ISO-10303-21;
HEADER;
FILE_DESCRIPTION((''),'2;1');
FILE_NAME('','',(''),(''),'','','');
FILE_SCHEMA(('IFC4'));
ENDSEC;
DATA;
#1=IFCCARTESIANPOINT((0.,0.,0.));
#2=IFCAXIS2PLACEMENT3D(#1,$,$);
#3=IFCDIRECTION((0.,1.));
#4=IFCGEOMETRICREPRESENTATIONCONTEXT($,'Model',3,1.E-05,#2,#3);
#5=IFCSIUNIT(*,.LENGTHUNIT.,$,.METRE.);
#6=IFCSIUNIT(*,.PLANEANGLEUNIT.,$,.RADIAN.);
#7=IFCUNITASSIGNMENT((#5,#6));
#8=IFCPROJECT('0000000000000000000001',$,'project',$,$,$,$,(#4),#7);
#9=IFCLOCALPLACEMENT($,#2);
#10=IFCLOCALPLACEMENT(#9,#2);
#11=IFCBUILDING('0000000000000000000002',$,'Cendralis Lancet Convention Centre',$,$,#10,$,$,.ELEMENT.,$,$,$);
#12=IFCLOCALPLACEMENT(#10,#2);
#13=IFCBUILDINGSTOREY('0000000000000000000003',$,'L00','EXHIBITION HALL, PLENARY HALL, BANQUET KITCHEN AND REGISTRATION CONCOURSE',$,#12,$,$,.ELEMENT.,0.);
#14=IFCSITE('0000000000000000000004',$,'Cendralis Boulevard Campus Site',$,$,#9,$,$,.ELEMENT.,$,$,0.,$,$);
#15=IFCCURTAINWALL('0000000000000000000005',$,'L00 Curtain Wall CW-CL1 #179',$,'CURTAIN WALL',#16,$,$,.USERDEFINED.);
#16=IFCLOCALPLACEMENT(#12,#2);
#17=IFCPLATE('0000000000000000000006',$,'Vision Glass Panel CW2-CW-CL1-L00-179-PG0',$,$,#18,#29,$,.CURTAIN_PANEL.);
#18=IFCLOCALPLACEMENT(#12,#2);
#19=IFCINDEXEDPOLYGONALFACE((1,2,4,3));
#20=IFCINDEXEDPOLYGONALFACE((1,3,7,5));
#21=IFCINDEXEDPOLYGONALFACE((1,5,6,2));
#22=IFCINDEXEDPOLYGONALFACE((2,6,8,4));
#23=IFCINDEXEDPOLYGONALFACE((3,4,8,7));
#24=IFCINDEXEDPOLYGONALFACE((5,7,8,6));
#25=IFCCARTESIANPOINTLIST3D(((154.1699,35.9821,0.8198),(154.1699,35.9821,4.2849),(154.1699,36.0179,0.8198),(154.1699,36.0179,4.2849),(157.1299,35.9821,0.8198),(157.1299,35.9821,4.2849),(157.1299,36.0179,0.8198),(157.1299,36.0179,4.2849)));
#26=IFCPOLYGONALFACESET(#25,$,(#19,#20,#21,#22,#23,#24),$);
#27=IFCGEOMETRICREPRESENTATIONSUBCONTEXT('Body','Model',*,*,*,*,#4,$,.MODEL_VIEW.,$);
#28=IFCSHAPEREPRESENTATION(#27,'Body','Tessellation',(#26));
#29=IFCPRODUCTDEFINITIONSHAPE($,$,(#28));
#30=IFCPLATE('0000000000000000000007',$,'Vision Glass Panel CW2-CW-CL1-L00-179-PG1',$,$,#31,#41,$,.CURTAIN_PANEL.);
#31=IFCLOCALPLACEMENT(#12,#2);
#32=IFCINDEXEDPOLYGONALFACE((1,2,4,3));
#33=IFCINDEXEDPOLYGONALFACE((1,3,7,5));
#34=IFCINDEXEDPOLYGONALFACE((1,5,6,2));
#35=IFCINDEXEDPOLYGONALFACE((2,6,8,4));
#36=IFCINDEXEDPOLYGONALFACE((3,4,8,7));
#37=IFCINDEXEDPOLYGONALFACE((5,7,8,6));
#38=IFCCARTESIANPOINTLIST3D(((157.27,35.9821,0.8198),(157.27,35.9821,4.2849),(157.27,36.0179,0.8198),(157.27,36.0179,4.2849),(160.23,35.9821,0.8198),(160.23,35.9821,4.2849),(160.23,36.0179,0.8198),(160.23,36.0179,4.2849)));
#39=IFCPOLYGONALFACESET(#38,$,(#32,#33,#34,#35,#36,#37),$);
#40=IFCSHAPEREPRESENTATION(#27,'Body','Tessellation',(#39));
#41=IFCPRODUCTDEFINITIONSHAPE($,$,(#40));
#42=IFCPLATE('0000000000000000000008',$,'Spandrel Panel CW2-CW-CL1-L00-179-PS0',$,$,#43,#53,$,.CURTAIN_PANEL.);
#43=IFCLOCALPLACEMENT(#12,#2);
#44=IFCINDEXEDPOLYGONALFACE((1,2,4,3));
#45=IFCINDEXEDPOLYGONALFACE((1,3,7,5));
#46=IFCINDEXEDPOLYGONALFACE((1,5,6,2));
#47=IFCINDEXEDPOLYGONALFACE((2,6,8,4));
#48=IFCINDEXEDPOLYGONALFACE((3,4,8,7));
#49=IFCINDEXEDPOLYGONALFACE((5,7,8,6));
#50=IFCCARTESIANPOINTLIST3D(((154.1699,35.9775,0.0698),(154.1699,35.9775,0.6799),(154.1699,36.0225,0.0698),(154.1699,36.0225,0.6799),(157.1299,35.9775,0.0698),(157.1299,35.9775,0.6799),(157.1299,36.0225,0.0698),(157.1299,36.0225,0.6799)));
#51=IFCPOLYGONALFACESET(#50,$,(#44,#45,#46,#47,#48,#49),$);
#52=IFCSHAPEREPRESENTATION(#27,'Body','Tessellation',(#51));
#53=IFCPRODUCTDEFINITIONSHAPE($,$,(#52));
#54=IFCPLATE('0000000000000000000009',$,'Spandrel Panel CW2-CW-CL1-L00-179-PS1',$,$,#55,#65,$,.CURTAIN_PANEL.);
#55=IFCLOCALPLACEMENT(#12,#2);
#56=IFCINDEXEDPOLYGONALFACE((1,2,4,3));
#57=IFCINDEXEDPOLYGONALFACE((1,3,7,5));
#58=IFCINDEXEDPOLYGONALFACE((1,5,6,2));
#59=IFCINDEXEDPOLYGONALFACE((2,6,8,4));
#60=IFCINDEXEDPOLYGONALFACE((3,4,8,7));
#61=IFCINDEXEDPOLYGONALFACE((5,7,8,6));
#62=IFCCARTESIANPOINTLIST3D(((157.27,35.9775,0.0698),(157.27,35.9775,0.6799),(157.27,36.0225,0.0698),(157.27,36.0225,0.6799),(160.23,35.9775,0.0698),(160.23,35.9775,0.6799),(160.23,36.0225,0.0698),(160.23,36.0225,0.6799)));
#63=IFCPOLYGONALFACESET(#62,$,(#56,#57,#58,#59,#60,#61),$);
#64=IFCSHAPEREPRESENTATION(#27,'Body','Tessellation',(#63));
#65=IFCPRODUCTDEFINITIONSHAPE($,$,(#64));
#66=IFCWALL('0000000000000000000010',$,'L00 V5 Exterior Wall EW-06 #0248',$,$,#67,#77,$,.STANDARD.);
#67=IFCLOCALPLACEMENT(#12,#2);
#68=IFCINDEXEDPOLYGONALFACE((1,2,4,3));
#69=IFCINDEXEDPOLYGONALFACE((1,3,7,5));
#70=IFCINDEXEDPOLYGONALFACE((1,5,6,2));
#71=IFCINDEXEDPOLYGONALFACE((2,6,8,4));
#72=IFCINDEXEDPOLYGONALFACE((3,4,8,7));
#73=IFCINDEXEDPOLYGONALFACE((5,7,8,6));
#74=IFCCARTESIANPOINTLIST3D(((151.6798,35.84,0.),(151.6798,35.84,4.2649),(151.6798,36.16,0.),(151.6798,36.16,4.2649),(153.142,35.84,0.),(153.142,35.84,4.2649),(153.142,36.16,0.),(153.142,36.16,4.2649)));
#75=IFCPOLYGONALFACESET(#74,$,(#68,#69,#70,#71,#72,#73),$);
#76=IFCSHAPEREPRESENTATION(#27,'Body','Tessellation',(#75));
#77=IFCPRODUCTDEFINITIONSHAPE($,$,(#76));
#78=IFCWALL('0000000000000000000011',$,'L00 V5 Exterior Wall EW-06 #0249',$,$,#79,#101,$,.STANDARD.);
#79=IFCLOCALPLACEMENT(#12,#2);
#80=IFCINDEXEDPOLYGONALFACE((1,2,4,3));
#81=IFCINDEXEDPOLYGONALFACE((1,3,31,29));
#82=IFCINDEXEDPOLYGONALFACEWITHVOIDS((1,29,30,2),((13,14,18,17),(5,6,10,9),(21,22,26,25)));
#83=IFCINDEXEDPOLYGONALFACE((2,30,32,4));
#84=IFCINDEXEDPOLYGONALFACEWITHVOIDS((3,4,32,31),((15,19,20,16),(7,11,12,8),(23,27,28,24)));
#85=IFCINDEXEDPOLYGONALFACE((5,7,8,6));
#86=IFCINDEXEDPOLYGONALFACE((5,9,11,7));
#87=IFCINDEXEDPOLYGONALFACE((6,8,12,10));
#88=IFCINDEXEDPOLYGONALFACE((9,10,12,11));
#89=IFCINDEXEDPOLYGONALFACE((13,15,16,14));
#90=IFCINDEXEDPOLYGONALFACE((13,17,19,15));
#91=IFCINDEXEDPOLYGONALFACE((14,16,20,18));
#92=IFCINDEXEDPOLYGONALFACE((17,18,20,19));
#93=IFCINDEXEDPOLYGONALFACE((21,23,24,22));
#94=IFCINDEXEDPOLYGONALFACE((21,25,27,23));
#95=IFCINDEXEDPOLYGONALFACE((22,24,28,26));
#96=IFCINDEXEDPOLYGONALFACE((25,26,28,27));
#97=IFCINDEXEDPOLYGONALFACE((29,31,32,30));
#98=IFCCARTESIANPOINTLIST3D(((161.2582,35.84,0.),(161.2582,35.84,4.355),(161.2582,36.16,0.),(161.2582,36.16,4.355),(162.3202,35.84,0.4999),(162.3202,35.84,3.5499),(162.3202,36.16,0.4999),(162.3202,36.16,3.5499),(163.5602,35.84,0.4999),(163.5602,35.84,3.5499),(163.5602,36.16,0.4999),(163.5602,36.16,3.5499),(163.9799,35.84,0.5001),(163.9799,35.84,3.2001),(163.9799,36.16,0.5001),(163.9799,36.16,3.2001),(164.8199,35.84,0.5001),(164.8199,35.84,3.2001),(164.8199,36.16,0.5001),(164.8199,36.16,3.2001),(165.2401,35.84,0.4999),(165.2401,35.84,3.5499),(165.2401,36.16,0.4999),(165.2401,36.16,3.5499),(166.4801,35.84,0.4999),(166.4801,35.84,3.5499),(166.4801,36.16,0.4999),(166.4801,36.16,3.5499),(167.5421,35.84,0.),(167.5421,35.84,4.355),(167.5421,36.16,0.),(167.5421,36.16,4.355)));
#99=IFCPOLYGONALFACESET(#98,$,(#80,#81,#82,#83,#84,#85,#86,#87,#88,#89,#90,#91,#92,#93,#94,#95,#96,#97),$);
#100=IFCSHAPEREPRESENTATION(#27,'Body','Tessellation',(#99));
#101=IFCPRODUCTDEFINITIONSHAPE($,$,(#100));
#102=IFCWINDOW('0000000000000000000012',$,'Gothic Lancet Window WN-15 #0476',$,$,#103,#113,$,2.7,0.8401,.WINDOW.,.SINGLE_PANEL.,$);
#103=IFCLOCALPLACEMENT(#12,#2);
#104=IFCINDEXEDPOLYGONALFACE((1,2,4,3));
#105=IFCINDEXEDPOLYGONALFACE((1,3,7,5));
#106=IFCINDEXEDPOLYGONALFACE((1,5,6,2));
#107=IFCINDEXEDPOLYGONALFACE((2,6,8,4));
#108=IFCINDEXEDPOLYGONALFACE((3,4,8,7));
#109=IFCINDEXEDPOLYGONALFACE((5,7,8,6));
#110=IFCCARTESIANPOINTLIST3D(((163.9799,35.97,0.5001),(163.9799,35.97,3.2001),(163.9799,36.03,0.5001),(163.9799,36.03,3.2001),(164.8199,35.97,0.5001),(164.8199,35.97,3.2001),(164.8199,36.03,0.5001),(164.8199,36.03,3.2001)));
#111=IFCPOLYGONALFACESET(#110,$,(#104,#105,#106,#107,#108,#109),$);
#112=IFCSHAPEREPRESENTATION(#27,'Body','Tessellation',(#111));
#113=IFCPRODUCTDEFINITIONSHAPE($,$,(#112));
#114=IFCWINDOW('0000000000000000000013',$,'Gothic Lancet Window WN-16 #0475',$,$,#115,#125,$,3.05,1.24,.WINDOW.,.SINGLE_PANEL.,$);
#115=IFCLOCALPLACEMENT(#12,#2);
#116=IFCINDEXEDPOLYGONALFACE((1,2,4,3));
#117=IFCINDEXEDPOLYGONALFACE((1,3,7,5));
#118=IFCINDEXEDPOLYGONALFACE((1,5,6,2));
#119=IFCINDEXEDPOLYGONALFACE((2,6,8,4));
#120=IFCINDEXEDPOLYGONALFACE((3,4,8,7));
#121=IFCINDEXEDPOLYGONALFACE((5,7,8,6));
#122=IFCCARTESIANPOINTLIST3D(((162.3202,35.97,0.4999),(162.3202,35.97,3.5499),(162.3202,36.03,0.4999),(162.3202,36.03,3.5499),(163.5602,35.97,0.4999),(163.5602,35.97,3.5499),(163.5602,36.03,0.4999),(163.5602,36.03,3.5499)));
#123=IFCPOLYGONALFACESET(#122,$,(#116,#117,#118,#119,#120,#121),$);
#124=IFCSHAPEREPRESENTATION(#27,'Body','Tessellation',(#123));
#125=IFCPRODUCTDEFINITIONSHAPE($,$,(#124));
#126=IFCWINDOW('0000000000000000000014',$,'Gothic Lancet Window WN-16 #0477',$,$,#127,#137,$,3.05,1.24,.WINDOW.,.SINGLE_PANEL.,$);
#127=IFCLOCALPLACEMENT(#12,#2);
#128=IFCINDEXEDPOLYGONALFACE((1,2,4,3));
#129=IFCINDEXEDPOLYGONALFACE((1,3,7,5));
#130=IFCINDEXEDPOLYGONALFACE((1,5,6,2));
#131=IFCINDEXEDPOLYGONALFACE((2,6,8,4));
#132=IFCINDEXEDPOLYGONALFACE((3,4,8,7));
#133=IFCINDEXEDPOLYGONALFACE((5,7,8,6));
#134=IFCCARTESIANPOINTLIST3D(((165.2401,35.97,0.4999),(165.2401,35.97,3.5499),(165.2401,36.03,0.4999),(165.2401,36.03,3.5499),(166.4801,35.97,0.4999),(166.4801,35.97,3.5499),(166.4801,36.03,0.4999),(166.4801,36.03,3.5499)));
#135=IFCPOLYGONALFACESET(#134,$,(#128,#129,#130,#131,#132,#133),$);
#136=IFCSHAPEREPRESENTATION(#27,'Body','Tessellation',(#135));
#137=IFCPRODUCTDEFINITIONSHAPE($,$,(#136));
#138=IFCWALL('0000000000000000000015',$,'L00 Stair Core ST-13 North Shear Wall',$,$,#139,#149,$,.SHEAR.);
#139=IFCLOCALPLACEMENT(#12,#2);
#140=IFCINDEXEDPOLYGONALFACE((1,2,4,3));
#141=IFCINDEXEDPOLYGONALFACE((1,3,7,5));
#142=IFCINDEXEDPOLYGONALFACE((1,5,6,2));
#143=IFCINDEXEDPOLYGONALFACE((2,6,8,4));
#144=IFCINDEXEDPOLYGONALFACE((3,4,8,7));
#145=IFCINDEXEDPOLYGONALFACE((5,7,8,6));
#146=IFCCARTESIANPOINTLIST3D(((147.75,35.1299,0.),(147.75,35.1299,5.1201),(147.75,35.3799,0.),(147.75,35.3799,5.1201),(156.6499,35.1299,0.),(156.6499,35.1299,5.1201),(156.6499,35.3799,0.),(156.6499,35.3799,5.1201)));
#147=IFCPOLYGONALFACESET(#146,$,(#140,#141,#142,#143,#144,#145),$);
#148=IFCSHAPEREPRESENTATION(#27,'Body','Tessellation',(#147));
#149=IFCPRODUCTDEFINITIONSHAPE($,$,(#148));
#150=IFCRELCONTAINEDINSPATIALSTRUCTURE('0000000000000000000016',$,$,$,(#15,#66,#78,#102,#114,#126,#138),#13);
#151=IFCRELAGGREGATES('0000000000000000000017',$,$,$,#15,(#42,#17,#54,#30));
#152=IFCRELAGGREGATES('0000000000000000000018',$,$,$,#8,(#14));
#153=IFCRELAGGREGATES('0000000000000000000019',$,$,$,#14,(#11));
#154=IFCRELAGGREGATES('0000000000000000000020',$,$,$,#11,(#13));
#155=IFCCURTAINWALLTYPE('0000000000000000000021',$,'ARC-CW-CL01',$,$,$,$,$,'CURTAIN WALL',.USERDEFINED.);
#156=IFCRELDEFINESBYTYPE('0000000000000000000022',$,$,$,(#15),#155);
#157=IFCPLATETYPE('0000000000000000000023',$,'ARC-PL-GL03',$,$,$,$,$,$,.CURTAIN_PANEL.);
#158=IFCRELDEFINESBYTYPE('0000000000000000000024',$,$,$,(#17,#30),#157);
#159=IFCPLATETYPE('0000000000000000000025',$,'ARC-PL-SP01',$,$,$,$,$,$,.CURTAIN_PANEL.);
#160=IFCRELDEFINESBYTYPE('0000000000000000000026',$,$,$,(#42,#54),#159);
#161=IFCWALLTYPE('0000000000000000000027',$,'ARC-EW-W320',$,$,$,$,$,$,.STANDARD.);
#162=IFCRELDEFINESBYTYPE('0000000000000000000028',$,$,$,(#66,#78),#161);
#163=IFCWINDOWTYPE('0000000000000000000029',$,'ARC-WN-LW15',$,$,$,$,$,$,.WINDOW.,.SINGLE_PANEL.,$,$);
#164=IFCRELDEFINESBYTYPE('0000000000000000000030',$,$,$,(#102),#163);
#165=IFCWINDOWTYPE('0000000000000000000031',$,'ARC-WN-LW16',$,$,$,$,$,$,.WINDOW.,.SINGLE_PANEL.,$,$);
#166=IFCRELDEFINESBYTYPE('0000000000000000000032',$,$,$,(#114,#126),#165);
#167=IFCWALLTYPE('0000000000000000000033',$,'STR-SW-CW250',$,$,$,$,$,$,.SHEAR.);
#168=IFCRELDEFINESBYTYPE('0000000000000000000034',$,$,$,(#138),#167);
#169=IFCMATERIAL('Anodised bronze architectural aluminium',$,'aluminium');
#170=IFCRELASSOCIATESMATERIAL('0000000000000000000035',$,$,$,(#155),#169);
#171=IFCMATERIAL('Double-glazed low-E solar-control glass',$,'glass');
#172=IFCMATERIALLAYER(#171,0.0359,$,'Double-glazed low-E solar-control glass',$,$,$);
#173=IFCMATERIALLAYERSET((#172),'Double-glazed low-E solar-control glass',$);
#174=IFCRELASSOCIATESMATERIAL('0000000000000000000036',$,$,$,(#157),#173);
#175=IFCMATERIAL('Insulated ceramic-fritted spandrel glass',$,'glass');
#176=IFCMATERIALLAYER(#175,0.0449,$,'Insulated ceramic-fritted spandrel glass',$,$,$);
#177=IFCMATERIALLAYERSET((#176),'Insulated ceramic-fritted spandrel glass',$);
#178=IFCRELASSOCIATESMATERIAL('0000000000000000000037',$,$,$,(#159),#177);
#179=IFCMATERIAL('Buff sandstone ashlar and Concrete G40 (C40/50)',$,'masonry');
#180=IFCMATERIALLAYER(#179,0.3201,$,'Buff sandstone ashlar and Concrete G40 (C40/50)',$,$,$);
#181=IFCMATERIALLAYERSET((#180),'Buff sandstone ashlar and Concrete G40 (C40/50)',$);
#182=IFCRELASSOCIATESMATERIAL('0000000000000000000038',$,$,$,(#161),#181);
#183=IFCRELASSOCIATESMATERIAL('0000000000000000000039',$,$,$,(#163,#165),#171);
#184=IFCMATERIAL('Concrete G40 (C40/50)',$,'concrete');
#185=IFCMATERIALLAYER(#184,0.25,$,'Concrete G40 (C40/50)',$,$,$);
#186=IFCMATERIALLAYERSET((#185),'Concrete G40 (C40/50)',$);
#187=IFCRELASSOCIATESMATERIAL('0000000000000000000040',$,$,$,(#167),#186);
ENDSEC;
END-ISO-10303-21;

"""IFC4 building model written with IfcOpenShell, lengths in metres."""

from ifc_helpers import new_model, si_unit, direction, frame, frame_2d, origin, origin_2d, place, context, subcontext, project, spatial, rectangle, extrude, material, layer, layer_set, type_object, element, fill, aggregate, save


model = new_model("IFC4")

# Units and contexts
model_context = context("Model", 3, precision=1e-05, world=origin(), true_north=direction((0.0, 1.0)))
body_context = subcontext(model_context, "Body", "Model", "MODEL_VIEW")
ifc_project = project(units=[si_unit("LENGTHUNIT", "METRE"), si_unit("PLANEANGLEUNIT", "RADIAN")], contexts=[model_context])

# Site, building, storey
site_placement = place(None, origin())
site = spatial("IfcSite", under=ifc_project, at=site_placement, Name="Cendralis Boulevard Campus Site", CompositionType="ELEMENT", RefElevation=0.0)
building_placement = place(site_placement, origin())
building = spatial("IfcBuilding", under=site, at=building_placement, Name="Cendralis Lancet Convention Centre", CompositionType="ELEMENT")
storey_placement = place(building_placement, origin())
storey = spatial("IfcBuildingStorey", under=building, at=storey_placement, Name="L00", Description="EXHIBITION HALL, PLENARY HALL, BANQUET KITCHEN AND REGISTRATION CONCOURSE", CompositionType="ELEMENT", Elevation=0.0)

# Shared definitions
ifc_material_1 = material(Name="Concrete G40 (C40/50)", Category="concrete")

# Curtain wall
ifc_material_2 = material(Name="Anodised bronze architectural aluminium", Category="aluminium")
curtain_wall_type_1 = type_object("IfcCurtainWallType", Name="ARC-CW-CL01", ElementType="CURTAIN WALL", PredefinedType="USERDEFINED", material=ifc_material_2)
curtain_wall_1_placement = place(storey_placement, origin())
curtain_wall_1 = element("IfcCurtainWall", 1, at=curtain_wall_1_placement, inside=storey, type_object=curtain_wall_type_1, Name="L00 Curtain Wall CW-CL1 #179", ObjectType="CURTAIN WALL", PredefinedType="USERDEFINED")

# Plates
ifc_material_3 = material(Name="Double-glazed low-E solar-control glass", Category="glass")
ifc_layer_1 = layer(ifc_material_3, 0.0359, Name="Double-glazed low-E solar-control glass")
ifc_layer_set_1 = layer_set([ifc_layer_1], Name="Double-glazed low-E solar-control glass")
plate_type_1 = type_object("IfcPlateType", Name="ARC-PL-GL03", PredefinedType="CURTAIN_PANEL", material=ifc_layer_set_1)
plate_1_placement = place(storey_placement, frame((155.6499, 36.0, 0.8198), z_axis=(0.0, 0.0, 1.0), x_axis=(1.0, 0.0, 0.0)))
plate_1 = element("IfcPlate", 2, at=plate_1_placement, type_object=plate_type_1, Name="Vision Glass Panel CW2-CW-CL1-L00-179-PG0", PredefinedType="CURTAIN_PANEL", context=body_context, shape_type="SweptSolid", body=[
    extrude(rectangle(XDim=2.96, YDim=0.0359, at=origin_2d()), origin(), (0.0, 0.0, 1.0), 3.4651),
])
plate_2_placement = place(storey_placement, frame((158.75, 36.0, 0.8198), z_axis=(0.0, 0.0, 1.0), x_axis=(1.0, 0.0, 0.0)))
plate_2 = element("IfcPlate", 3, at=plate_2_placement, type_object=plate_type_1, Name="Vision Glass Panel CW2-CW-CL1-L00-179-PG1", PredefinedType="CURTAIN_PANEL", context=body_context, shape_type="SweptSolid", body=[
    extrude(rectangle(XDim=2.96, YDim=0.0359, at=origin_2d()), origin(), (0.0, 0.0, 1.0), 3.4651),
])
ifc_material_4 = material(Name="Insulated ceramic-fritted spandrel glass", Category="glass")
ifc_layer_2 = layer(ifc_material_4, 0.0449, Name="Insulated ceramic-fritted spandrel glass")
ifc_layer_set_2 = layer_set([ifc_layer_2], Name="Insulated ceramic-fritted spandrel glass")
plate_type_2 = type_object("IfcPlateType", Name="ARC-PL-SP01", PredefinedType="CURTAIN_PANEL", material=ifc_layer_set_2)
plate_3_placement = place(storey_placement, frame((155.6499, 36.0, 0.0698), z_axis=(0.0, 0.0, 1.0), x_axis=(1.0, 0.0, 0.0)))
plate_3 = element("IfcPlate", 4, at=plate_3_placement, type_object=plate_type_2, Name="Spandrel Panel CW2-CW-CL1-L00-179-PS0", PredefinedType="CURTAIN_PANEL", context=body_context, shape_type="SweptSolid", body=[
    extrude(rectangle(XDim=2.96, YDim=0.0449, at=origin_2d()), origin(), (0.0, 0.0, 1.0), 0.6101),
])
plate_4_placement = place(storey_placement, frame((158.75, 36.0, 0.0698), z_axis=(0.0, 0.0, 1.0), x_axis=(1.0, 0.0, 0.0)))
plate_4 = element("IfcPlate", 5, at=plate_4_placement, type_object=plate_type_2, Name="Spandrel Panel CW2-CW-CL1-L00-179-PS1", PredefinedType="CURTAIN_PANEL", context=body_context, shape_type="SweptSolid", body=[
    extrude(rectangle(XDim=2.96, YDim=0.0449, at=origin_2d()), origin(), (0.0, 0.0, 1.0), 0.6101),
])
aggregate(curtain_wall_1, [plate_3, plate_1, plate_4, plate_2])

# Wall
ifc_material_5 = material(Name="Buff sandstone ashlar and Concrete G40 (C40/50)", Category="masonry")
ifc_layer_3 = layer(ifc_material_5, 0.3201, Name="Buff sandstone ashlar and Concrete G40 (C40/50)")
ifc_layer_set_3 = layer_set([ifc_layer_3], Name="Buff sandstone ashlar and Concrete G40 (C40/50)")
wall_type_1 = type_object("IfcWallType", Name="ARC-EW-W320", PredefinedType="STANDARD", material=ifc_layer_set_3)
wall_1_placement = place(storey_placement, frame((151.6799, 36.0, 0.0), z_axis=(0.0, 0.0, 1.0), x_axis=(1.0, 0.0, 0.0)))
element("IfcWall", 6, at=wall_1_placement, inside=storey, type_object=wall_type_1, Name="L00 V5 Exterior Wall EW-06 #0248", PredefinedType="STANDARD", context=body_context, shape_type="SweptSolid", body=[
    extrude(rectangle(XDim=1.4622, YDim=0.3201, at=frame_2d((0.731, 0.0))), origin(), (0.0, 0.0, 1.0), 4.2649),
])

# Wall, openings, windows
wall_2_placement = place(storey_placement, frame((161.2581, 36.0, 0.0), z_axis=(0.0, 0.0, 1.0), x_axis=(1.0, 0.0, 0.0)))
wall_2 = element("IfcWall", 7, at=wall_2_placement, inside=storey, type_object=wall_type_1, Name="L00 V5 Exterior Wall EW-06 #0249", PredefinedType="STANDARD", context=body_context, shape_type="SweptSolid", body=[
    extrude(rectangle(XDim=6.2839, YDim=0.3201, at=frame_2d((3.1421, 0.0))), origin(), (0.0, 0.0, 1.0), 4.355),
])
opening_1_placement = place(wall_2_placement, frame((1.062, 0.0, 0.5)))
opening_1 = element("IfcOpeningElement", 8, at=opening_1_placement, cuts=wall_2, PredefinedType="OPENING", context=body_context, shape_type="SweptSolid", body=[
    extrude(rectangle(XDim=1.24, YDim=3.05, at=frame_2d((0.6201, 1.5249))), frame((0.0, 0.1699, 0.0), z_axis=(0.0, -1.0, 0.0), x_axis=(1.0, 0.0, 0.0)), (0.0, 0.0, 1.0), 0.3401),
])
opening_2_placement = place(wall_2_placement, frame((2.7219, 0.0, 0.5)))
opening_2 = element("IfcOpeningElement", 9, at=opening_2_placement, cuts=wall_2, PredefinedType="OPENING", context=body_context, shape_type="SweptSolid", body=[
    extrude(rectangle(XDim=0.8401, YDim=2.7, at=frame_2d((0.4199, 1.3501))), frame((0.0, 0.1699, 0.0), z_axis=(0.0, -1.0, 0.0), x_axis=(1.0, 0.0, 0.0)), (0.0, 0.0, 1.0), 0.3401),
])
opening_3_placement = place(wall_2_placement, frame((3.9819, 0.0, 0.5)))
opening_3 = element("IfcOpeningElement", 10, at=opening_3_placement, cuts=wall_2, PredefinedType="OPENING", context=body_context, shape_type="SweptSolid", body=[
    extrude(rectangle(XDim=1.24, YDim=3.05, at=frame_2d((0.6201, 1.5249))), frame((0.0, 0.1699, 0.0), z_axis=(0.0, -1.0, 0.0), x_axis=(1.0, 0.0, 0.0)), (0.0, 0.0, 1.0), 0.3401),
])
window_type_1 = type_object("IfcWindowType", Name="ARC-WN-LW15", PartitioningType="SINGLE_PANEL", PredefinedType="WINDOW", material=ifc_material_3)
window_1_placement = place(opening_2_placement, origin())
window_1 = element("IfcWindow", 11, at=window_1_placement, inside=storey, type_object=window_type_1, Name="Gothic Lancet Window WN-15 #0476", OverallHeight=2.7, OverallWidth=0.8401, PartitioningType="SINGLE_PANEL", PredefinedType="WINDOW", context=body_context, shape_type="SweptSolid", body=[
    extrude(rectangle(XDim=0.8401, YDim=2.7, at=frame_2d((0.4199, 1.3501))), frame((0.0, 0.03, 0.0), z_axis=(0.0, -1.0, 0.0), x_axis=(1.0, 0.0, 0.0)), (0.0, 0.0, 1.0), 0.0601),
])
fill(opening_2, window_1)
window_type_2 = type_object("IfcWindowType", Name="ARC-WN-LW16", PartitioningType="SINGLE_PANEL", PredefinedType="WINDOW", material=ifc_material_3)
window_2_placement = place(opening_1_placement, origin())
window_2 = element("IfcWindow", 12, at=window_2_placement, inside=storey, type_object=window_type_2, Name="Gothic Lancet Window WN-16 #0475", OverallHeight=3.05, OverallWidth=1.24, PartitioningType="SINGLE_PANEL", PredefinedType="WINDOW", context=body_context, shape_type="SweptSolid", body=[
    extrude(rectangle(XDim=1.24, YDim=3.05, at=frame_2d((0.6201, 1.5249))), frame((0.0, 0.03, 0.0), z_axis=(0.0, -1.0, 0.0), x_axis=(1.0, 0.0, 0.0)), (0.0, 0.0, 1.0), 0.0601),
])
fill(opening_1, window_2)
window_3_placement = place(opening_3_placement, origin())
window_3 = element("IfcWindow", 13, at=window_3_placement, inside=storey, type_object=window_type_2, Name="Gothic Lancet Window WN-16 #0477", OverallHeight=3.05, OverallWidth=1.24, PartitioningType="SINGLE_PANEL", PredefinedType="WINDOW", context=body_context, shape_type="SweptSolid", body=[
    extrude(rectangle(XDim=1.24, YDim=3.05, at=frame_2d((0.6201, 1.5249))), frame((0.0, 0.03, 0.0), z_axis=(0.0, -1.0, 0.0), x_axis=(1.0, 0.0, 0.0)), (0.0, 0.0, 1.0), 0.0601),
])
fill(opening_3, window_3)

# Wall
ifc_layer_4 = layer(ifc_material_1, 0.25, Name="Concrete G40 (C40/50)")
ifc_layer_set_4 = layer_set([ifc_layer_4], Name="Concrete G40 (C40/50)")
wall_type_2 = type_object("IfcWallType", Name="STR-SW-CW250", PredefinedType="SHEAR", material=ifc_layer_set_4)
wall_3_placement = place(storey_placement, frame((147.75, 35.2549, 0.0), z_axis=(0.0, 0.0, 1.0), x_axis=(1.0, 0.0, 0.0)))
element("IfcWall", 14, at=wall_3_placement, inside=storey, type_object=wall_type_2, Name="L00 Stair Core ST-13 North Shear Wall", PredefinedType="SHEAR", context=body_context, shape_type="SweptSolid", body=[
    extrude(rectangle(XDim=8.8999, YDim=0.25, at=frame_2d((4.45, 0.0))), origin(), (0.0, 0.0, 1.0), 5.1201),
])

save(model, "model.ifc")
